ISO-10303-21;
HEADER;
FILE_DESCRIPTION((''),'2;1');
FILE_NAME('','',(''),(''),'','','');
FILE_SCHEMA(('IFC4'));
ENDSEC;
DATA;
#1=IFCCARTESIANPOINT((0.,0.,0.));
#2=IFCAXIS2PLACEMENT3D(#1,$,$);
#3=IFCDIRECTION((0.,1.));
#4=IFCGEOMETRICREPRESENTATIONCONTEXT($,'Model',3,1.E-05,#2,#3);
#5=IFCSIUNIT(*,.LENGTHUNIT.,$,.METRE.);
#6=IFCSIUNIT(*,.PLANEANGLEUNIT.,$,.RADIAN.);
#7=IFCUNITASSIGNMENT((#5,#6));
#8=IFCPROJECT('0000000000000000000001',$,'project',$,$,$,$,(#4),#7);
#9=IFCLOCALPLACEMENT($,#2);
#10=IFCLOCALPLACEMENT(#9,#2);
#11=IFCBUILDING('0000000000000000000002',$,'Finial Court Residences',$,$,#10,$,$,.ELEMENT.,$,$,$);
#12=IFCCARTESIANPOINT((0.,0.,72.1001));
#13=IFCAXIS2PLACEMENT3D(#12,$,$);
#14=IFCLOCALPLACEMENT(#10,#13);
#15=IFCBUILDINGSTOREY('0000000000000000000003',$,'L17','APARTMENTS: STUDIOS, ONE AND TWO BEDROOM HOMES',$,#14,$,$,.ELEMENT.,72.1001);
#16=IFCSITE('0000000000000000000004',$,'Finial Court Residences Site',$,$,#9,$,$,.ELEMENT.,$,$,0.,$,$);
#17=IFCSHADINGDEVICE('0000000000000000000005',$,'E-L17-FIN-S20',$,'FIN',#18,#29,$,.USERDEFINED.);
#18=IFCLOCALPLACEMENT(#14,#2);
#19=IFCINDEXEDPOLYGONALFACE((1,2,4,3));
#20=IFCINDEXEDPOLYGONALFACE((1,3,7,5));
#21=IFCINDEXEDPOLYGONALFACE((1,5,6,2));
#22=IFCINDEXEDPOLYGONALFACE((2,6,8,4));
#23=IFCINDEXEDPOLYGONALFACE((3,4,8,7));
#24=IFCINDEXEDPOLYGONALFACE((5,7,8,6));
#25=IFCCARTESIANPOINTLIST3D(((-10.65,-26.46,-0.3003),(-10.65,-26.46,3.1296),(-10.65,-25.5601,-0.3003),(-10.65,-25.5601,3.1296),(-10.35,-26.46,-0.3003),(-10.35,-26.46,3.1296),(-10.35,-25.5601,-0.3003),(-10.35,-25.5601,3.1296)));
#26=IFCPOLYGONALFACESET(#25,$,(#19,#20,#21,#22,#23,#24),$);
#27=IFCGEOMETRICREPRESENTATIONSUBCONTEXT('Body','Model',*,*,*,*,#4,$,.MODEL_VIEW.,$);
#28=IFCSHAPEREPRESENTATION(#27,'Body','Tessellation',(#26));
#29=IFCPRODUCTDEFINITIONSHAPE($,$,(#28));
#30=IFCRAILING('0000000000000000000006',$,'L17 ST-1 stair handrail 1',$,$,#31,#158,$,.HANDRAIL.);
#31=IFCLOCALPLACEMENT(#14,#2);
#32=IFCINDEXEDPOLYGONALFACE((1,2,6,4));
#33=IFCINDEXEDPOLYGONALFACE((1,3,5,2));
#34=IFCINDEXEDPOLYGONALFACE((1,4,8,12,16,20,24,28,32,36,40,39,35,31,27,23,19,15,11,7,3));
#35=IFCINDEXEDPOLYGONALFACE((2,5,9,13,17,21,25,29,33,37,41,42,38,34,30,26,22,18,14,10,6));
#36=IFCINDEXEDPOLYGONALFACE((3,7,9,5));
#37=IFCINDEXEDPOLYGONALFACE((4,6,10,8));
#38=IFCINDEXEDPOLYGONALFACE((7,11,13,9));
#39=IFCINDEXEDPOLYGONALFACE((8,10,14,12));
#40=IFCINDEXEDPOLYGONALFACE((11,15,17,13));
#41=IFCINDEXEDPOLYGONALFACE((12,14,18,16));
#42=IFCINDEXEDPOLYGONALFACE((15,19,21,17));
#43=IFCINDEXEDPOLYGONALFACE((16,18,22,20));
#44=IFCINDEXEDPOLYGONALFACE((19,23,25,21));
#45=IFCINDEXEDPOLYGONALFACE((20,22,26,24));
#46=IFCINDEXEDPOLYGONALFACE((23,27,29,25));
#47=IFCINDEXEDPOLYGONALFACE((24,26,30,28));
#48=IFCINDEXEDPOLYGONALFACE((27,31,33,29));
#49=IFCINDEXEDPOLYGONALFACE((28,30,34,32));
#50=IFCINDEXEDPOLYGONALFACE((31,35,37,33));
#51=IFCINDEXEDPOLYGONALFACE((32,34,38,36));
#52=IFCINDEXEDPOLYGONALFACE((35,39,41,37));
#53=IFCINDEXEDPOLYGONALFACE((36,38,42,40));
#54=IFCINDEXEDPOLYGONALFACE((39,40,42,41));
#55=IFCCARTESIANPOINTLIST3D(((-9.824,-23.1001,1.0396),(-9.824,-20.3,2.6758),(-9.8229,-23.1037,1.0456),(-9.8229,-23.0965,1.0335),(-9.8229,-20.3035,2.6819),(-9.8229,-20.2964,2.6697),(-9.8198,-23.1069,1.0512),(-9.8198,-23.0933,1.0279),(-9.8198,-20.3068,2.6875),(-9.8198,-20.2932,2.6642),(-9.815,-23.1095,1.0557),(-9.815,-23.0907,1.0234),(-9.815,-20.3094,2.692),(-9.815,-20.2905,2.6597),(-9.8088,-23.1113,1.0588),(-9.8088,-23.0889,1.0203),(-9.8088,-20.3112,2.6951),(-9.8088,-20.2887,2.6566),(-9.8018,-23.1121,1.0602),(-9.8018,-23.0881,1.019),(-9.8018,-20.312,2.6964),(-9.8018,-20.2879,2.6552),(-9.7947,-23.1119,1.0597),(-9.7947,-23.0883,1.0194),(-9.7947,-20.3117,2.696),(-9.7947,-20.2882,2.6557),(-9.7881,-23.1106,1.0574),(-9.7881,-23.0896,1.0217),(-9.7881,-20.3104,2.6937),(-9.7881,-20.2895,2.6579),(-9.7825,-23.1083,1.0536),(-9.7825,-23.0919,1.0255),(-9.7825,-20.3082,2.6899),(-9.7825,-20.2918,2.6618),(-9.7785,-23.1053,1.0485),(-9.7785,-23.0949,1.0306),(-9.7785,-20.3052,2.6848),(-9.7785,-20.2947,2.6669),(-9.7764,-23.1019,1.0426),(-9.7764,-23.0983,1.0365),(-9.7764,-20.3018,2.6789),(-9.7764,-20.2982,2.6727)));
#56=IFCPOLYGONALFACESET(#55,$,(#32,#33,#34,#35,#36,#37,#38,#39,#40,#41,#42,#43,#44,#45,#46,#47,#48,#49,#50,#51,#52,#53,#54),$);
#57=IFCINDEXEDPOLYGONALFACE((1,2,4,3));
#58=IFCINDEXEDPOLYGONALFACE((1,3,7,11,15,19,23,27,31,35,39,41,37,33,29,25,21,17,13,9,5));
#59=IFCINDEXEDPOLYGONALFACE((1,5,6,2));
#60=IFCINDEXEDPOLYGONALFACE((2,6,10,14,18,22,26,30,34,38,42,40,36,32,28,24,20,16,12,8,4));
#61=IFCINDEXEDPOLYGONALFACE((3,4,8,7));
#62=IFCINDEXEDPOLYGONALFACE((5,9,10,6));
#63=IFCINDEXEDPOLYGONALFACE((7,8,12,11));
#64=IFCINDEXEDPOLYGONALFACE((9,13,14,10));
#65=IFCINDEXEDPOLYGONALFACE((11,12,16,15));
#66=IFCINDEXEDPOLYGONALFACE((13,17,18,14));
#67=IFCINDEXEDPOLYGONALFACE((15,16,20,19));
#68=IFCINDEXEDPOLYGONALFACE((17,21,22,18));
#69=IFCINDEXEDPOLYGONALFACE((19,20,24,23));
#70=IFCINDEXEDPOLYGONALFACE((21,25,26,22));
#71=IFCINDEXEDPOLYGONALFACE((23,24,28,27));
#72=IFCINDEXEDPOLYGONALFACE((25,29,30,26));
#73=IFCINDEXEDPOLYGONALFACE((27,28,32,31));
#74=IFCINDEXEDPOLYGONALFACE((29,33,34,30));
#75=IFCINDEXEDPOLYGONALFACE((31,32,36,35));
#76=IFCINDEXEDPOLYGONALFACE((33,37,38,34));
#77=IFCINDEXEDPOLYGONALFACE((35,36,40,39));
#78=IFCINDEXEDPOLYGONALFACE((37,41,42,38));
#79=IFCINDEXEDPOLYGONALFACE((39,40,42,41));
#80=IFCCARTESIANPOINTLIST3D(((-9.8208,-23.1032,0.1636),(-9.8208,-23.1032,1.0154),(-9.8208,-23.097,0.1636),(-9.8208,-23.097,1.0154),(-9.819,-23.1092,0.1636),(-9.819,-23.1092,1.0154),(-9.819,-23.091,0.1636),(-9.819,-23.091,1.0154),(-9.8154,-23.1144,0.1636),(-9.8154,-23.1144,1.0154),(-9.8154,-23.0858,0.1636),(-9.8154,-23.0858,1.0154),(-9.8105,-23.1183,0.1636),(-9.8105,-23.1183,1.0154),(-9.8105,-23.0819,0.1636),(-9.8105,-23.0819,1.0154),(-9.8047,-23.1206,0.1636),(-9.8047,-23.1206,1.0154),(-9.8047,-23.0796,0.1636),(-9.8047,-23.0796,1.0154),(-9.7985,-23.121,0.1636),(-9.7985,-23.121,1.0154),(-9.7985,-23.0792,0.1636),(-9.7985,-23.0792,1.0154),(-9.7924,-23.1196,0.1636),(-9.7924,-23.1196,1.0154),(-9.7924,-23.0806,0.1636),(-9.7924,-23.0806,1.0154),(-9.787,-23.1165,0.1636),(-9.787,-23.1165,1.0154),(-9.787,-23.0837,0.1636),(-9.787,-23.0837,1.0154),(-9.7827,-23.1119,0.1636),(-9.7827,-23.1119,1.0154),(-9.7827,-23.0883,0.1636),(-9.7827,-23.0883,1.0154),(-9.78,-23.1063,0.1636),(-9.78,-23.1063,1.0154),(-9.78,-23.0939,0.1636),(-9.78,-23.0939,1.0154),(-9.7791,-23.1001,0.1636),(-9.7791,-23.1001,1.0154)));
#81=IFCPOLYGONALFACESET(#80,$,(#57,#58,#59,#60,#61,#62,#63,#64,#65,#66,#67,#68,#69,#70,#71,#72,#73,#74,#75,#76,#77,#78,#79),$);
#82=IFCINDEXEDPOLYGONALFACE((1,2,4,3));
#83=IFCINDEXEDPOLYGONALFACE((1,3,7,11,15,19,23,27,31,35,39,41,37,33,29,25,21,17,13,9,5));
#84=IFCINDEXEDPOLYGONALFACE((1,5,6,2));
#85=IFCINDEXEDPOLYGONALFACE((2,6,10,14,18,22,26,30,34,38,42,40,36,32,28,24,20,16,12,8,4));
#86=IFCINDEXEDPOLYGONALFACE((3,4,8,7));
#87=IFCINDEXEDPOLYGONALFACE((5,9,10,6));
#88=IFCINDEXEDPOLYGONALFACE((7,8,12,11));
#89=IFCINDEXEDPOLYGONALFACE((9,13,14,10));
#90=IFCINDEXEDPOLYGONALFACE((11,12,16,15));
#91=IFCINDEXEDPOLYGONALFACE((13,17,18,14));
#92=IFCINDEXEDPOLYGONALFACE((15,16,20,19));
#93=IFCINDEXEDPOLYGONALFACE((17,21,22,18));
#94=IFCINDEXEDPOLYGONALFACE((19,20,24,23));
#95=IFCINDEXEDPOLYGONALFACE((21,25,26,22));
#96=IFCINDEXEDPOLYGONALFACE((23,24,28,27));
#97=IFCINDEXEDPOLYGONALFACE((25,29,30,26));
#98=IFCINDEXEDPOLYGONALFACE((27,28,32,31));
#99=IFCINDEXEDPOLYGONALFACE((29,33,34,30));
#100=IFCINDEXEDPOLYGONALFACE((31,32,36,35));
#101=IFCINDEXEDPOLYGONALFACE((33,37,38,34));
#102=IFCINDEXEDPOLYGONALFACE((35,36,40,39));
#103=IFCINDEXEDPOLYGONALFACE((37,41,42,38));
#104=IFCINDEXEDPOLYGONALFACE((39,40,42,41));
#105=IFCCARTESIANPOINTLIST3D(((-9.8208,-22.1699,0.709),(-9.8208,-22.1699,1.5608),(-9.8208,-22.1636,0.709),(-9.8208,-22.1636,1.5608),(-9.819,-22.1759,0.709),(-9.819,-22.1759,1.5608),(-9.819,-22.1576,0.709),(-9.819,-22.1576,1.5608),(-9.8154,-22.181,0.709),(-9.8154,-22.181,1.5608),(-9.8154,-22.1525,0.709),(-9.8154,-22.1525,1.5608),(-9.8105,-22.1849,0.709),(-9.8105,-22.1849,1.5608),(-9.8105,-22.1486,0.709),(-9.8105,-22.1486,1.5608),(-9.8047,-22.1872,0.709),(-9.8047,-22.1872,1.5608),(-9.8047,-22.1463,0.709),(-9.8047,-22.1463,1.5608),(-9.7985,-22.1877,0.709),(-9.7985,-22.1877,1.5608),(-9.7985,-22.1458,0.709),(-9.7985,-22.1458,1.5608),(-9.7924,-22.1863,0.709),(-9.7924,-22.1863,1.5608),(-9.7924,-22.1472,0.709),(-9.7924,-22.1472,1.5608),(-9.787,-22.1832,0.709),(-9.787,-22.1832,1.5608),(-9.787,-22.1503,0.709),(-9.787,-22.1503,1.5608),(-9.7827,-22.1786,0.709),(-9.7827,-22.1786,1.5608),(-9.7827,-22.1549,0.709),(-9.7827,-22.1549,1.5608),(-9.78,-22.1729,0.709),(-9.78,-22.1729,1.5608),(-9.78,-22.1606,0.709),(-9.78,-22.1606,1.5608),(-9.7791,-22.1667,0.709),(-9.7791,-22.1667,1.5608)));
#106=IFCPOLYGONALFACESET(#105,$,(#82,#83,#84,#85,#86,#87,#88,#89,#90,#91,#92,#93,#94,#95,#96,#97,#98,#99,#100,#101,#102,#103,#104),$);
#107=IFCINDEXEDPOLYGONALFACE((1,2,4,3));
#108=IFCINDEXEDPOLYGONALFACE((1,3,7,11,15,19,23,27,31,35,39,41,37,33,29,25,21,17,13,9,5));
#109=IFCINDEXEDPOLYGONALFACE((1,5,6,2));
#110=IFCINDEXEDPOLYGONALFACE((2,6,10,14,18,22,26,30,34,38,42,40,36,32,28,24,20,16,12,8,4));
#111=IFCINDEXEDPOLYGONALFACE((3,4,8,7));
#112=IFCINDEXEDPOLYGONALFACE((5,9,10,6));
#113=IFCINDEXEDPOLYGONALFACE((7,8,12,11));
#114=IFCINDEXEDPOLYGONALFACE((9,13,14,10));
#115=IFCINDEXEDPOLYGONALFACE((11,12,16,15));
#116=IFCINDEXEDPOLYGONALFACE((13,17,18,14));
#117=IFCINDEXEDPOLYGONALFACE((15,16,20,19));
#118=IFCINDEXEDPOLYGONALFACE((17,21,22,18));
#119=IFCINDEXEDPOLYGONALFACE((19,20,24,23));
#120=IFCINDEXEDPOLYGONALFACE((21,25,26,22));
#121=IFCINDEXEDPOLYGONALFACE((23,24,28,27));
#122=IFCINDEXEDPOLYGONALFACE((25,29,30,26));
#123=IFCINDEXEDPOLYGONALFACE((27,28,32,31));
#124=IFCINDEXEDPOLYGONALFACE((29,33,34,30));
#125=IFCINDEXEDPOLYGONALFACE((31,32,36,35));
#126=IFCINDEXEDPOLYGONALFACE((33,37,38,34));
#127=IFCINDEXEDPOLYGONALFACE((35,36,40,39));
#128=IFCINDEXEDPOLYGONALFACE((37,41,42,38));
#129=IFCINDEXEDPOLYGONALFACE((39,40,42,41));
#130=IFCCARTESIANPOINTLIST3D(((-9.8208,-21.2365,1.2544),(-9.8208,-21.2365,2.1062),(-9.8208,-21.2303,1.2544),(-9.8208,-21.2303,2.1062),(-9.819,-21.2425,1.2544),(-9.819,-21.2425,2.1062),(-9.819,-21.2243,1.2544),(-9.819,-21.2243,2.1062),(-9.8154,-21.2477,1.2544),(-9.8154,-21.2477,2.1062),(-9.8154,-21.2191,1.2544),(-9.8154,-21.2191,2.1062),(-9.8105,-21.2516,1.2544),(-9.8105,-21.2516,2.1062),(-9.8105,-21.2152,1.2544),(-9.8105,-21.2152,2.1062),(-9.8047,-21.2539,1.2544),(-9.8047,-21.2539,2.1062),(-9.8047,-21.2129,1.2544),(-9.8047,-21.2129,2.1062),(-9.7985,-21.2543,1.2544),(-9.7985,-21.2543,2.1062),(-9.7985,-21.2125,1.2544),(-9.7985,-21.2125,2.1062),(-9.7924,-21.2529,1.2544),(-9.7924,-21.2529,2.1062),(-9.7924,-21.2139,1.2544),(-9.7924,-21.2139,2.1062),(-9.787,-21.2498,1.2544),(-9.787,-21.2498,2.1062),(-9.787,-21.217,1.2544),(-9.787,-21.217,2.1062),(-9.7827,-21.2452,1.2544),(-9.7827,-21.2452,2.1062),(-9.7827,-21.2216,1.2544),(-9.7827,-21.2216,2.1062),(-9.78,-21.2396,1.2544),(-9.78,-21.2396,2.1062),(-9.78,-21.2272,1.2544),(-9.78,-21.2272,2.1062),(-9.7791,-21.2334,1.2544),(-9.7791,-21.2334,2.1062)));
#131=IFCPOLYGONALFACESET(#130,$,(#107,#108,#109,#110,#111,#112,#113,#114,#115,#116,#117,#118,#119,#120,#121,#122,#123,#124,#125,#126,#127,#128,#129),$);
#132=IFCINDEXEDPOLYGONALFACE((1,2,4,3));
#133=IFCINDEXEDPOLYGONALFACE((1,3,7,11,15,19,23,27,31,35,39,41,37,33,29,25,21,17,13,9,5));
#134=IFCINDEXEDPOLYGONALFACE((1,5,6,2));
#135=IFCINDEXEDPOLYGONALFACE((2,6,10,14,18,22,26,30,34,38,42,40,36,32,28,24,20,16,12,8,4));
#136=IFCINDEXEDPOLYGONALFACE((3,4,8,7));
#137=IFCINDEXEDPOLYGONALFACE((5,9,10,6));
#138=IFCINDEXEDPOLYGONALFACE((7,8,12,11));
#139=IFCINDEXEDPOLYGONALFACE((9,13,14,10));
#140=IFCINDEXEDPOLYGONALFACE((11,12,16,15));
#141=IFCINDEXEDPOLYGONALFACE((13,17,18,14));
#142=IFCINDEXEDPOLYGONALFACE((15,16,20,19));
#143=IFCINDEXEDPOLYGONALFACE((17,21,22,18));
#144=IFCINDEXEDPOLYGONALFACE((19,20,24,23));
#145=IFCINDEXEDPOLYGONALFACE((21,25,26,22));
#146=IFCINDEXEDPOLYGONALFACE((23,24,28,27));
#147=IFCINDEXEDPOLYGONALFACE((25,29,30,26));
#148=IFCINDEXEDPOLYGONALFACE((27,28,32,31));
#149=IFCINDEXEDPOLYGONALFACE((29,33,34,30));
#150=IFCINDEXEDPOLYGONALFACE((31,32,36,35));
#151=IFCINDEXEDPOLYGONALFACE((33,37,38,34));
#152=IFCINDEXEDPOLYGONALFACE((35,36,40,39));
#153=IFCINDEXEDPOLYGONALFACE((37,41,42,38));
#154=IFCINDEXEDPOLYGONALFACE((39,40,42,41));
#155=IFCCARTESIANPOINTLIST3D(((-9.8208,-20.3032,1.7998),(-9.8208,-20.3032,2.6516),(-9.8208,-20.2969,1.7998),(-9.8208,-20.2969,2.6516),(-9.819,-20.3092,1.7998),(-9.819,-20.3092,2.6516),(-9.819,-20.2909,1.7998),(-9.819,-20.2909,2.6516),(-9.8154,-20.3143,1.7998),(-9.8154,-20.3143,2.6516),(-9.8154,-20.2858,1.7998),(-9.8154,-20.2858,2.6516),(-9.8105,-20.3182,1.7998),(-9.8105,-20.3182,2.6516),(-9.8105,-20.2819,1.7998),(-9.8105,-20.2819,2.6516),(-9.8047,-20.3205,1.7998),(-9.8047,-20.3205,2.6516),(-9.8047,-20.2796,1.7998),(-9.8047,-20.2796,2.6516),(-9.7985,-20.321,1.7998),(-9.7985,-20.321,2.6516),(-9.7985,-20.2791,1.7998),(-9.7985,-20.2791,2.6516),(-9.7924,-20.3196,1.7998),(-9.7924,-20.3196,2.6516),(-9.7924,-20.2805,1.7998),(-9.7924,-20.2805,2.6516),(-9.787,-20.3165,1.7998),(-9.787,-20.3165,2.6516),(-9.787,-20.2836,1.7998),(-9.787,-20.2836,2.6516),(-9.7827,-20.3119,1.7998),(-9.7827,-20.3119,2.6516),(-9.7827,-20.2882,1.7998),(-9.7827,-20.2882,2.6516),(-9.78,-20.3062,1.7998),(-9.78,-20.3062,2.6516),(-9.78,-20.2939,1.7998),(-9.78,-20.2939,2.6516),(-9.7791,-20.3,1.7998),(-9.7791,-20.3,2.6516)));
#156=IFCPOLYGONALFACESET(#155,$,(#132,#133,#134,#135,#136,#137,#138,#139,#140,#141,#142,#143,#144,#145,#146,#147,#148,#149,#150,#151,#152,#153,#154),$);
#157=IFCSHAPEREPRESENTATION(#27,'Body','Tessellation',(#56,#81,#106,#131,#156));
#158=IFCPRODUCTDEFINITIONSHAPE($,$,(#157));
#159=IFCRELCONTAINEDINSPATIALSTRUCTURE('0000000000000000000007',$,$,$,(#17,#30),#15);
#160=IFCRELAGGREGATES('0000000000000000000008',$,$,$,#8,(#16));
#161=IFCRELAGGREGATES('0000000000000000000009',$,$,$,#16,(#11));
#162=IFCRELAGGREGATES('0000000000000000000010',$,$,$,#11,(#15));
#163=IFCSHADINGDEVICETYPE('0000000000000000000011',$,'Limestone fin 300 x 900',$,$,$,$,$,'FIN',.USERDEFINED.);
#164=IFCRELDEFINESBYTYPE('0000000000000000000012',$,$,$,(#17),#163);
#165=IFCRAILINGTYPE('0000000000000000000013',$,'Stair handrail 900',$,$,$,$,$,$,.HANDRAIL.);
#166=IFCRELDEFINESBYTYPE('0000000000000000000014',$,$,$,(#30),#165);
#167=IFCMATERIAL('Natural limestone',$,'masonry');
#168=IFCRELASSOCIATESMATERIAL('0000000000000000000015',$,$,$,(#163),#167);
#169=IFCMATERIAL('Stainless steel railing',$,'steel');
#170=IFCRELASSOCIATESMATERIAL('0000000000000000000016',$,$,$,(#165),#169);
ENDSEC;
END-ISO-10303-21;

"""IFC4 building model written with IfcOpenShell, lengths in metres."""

from ifc_helpers import new_model, si_unit, direction, frame, origin, origin_2d, place, context, subcontext, project, spatial, rectangle, circle, extrude, material, type_object, element, save


model = new_model("IFC4")

# Units and contexts
model_context = context("Model", 3, precision=1e-05, world=origin(), true_north=direction((0.0, 1.0)))
body_context = subcontext(model_context, "Body", "Model", "MODEL_VIEW")
ifc_project = project(units=[si_unit("LENGTHUNIT", "METRE"), si_unit("PLANEANGLEUNIT", "RADIAN")], contexts=[model_context])

# Site, building, storey
site_placement = place(None, origin())
site = spatial("IfcSite", under=ifc_project, at=site_placement, Name="Finial Court Residences Site", CompositionType="ELEMENT", RefElevation=0.0)
building_placement = place(site_placement, origin())
building = spatial("IfcBuilding", under=site, at=building_placement, Name="Finial Court Residences", CompositionType="ELEMENT")
storey_placement = place(building_placement, frame((0.0, 0.0, 72.1001)))
storey = spatial("IfcBuildingStorey", under=building, at=storey_placement, Name="L17", Description="APARTMENTS: STUDIOS, ONE AND TWO BEDROOM HOMES", CompositionType="ELEMENT", Elevation=72.1001)

# Shading device
ifc_material_1 = material(Name="Natural limestone", Category="masonry")
shading_device_type = type_object("IfcShadingDeviceType", Name="Limestone fin 300 x 900", ElementType="FIN", PredefinedType="USERDEFINED", material=ifc_material_1)
for number, where, z_axis, x_axis, name in (
    (1, (-10.5, -26.01, -0.3003), (0.0, 0.0, 1.0), (1.0, 0.0, 0.0), "E-L17-FIN-S20"),
):
    element("IfcShadingDevice", number, at=place(storey_placement, frame(where, z_axis=z_axis, x_axis=x_axis)), inside=storey, type_object=shading_device_type, Name=name, ObjectType="FIN", PredefinedType="USERDEFINED", context=body_context, shape_type="SweptSolid", body=[
        extrude(rectangle(XDim=0.3, YDim=0.8999, at=origin_2d()), origin(), (0.0, 0.0, 1.0), 3.4299),
    ])

# Railing
ifc_material_2 = material(Name="Stainless steel railing", Category="steel")
railing_type_1 = type_object("IfcRailingType", Name="Stair handrail 900", PredefinedType="HANDRAIL", material=ifc_material_2)
railing_1_placement = place(storey_placement, frame((-9.8, -23.1001, 0.1636)))
element("IfcRailing", 2, at=railing_1_placement, inside=storey, type_object=railing_type_1, Name="L17 ST-1 stair handrail 1", PredefinedType="HANDRAIL", context=body_context, shape_type="SweptSolid", body=[
    extrude(circle(Radius=0.0239, at=origin_2d()), frame((0.0, 0.0, 0.876), z_axis=(0.0, 0.863394, 0.504531), x_axis=(-1.0, 0.0, 0.0)), (0.0, 0.0, 1.0), 3.2432),
    extrude(circle(Radius=0.021, at=origin_2d()), origin(), (0.0, 0.0, 1.0), 0.8518),
    extrude(circle(Radius=0.021, at=origin_2d()), frame((0.0, 0.9333, 0.5454)), (0.0, 0.0, 1.0), 0.8518),
    extrude(circle(Radius=0.021, at=origin_2d()), frame((0.0, 1.8667, 1.0908)), (0.0, 0.0, 1.0), 0.8518),
    extrude(circle(Radius=0.021, at=origin_2d()), frame((0.0, 2.8, 1.6362)), (0.0, 0.0, 1.0), 0.8518),
])

save(model, "model.ifc")
